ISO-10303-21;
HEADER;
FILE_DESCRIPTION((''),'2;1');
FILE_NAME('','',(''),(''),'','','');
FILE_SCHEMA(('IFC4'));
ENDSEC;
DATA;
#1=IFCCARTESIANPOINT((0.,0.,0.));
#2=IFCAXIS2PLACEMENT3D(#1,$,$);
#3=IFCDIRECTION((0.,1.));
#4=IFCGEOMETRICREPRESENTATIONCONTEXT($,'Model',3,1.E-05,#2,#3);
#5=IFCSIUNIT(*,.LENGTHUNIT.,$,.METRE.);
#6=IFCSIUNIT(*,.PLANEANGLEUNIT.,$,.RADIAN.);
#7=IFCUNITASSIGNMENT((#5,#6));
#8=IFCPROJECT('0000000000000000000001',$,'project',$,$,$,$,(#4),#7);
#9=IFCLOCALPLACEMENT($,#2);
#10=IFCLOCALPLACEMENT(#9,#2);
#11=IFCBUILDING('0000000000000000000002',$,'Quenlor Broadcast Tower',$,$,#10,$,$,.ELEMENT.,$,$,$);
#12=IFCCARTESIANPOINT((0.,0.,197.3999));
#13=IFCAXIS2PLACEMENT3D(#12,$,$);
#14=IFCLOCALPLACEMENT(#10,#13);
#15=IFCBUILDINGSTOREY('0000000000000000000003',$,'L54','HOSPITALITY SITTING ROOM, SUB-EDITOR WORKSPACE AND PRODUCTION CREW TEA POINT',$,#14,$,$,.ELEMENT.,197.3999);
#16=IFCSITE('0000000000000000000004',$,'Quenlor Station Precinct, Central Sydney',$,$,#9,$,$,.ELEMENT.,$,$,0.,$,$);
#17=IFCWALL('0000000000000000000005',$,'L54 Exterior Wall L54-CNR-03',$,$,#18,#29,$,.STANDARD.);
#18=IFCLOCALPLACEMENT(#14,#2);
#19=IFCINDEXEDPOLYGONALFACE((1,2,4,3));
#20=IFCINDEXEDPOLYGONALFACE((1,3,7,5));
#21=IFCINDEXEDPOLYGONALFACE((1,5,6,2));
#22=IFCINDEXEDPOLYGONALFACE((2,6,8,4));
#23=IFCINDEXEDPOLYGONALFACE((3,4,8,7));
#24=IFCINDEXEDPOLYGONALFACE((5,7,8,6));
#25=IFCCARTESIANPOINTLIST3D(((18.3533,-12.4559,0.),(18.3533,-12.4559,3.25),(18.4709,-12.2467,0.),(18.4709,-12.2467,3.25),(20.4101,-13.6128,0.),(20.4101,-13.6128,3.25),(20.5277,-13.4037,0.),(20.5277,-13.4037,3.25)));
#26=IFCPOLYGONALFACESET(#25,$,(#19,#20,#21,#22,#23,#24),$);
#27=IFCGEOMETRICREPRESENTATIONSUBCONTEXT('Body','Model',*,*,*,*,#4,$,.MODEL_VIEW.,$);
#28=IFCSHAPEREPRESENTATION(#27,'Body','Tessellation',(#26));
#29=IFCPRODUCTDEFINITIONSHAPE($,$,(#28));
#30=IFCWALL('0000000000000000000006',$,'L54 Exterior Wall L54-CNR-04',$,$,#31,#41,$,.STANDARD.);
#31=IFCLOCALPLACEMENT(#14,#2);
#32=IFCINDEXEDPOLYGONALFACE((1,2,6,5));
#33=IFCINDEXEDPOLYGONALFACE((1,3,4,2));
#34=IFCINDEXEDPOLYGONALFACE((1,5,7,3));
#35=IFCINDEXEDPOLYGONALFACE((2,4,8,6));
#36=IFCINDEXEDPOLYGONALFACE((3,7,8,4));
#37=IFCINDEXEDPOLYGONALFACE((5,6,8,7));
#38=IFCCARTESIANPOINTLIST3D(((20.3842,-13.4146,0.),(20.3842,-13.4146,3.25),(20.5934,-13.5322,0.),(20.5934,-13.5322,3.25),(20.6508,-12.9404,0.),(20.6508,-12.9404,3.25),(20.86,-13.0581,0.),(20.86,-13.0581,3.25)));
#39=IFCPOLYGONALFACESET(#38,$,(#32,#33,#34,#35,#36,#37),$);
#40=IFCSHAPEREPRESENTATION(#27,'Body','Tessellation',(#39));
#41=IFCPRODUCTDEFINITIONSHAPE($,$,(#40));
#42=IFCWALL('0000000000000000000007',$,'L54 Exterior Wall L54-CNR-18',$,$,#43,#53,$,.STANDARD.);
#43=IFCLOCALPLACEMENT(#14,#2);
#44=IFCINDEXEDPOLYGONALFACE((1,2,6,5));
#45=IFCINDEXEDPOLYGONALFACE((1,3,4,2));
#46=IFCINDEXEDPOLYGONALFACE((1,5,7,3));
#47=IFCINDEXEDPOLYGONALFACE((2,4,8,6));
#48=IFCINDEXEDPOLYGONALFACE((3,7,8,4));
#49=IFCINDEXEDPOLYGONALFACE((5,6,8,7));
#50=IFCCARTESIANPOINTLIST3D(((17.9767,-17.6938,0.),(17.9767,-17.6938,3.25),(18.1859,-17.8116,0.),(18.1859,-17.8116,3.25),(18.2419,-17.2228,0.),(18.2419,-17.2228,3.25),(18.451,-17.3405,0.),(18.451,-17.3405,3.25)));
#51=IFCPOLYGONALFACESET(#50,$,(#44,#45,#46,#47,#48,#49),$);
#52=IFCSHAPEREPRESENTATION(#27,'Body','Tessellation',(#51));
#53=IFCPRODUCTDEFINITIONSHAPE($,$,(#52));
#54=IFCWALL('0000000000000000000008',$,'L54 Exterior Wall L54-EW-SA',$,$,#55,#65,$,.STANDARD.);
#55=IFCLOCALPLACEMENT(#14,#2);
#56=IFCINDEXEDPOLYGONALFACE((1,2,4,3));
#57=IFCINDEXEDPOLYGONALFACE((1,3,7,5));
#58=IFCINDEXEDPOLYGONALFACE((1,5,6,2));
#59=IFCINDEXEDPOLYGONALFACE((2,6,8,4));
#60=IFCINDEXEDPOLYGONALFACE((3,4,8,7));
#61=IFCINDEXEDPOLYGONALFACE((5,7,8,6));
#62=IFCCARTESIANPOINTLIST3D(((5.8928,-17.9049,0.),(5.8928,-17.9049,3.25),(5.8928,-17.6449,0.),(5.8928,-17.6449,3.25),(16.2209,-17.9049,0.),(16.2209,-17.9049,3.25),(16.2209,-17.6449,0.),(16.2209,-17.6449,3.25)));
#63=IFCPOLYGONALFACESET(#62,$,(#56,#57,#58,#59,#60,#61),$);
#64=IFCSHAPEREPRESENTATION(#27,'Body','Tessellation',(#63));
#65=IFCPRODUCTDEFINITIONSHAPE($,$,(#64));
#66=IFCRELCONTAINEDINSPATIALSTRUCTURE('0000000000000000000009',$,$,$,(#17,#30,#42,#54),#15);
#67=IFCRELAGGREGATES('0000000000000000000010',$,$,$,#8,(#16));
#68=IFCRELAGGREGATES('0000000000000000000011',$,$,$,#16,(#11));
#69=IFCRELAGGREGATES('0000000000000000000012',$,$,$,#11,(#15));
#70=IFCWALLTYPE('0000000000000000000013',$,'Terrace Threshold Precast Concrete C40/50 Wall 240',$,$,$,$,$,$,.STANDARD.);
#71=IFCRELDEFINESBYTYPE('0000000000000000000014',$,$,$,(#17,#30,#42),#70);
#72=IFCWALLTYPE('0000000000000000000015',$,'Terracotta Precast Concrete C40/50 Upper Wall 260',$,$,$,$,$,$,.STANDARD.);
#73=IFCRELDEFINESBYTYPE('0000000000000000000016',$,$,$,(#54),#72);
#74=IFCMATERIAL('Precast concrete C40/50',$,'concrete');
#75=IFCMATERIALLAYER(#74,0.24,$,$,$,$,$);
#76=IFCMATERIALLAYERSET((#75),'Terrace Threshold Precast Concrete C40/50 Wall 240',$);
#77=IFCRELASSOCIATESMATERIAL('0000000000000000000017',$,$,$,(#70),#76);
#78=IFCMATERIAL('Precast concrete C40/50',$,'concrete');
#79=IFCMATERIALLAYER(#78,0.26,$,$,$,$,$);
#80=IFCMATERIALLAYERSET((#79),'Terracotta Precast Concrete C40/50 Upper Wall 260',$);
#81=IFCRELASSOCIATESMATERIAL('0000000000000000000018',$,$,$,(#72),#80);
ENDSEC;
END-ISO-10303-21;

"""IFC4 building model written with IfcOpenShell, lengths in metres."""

from ifc_helpers import new_model, si_unit, direction, frame, frame_2d, origin, place, context, subcontext, project, spatial, rectangle, extrude, material, layer, layer_set, type_object, element, save


model = new_model("IFC4")

# Units and contexts
model_context = context("Model", 3, precision=1e-05, world=origin(), true_north=direction((0.0, 1.0)))
body_context = subcontext(model_context, "Body", "Model", "MODEL_VIEW")
ifc_project = project(units=[si_unit("LENGTHUNIT", "METRE"), si_unit("PLANEANGLEUNIT", "RADIAN")], contexts=[model_context])

# Site, building, storey
site_placement = place(None, origin())
site = spatial("IfcSite", under=ifc_project, at=site_placement, Name="Quenlor Station Precinct, Central Sydney", CompositionType="ELEMENT", RefElevation=0.0)
building_placement = place(site_placement, origin())
building = spatial("IfcBuilding", under=site, at=building_placement, Name="Quenlor Broadcast Tower", CompositionType="ELEMENT")
storey_placement = place(building_placement, frame((0.0, 0.0, 197.3999)))
storey = spatial("IfcBuildingStorey", under=building, at=storey_placement, Name="L54", Description="HOSPITALITY SITTING ROOM, SUB-EDITOR WORKSPACE AND PRODUCTION CREW TEA POINT", CompositionType="ELEMENT", Elevation=197.3999)

# Walls
ifc_material_1 = material(Name="Precast concrete C40/50", Category="concrete")
ifc_layer_1 = layer(ifc_material_1, 0.24)
ifc_layer_set_1 = layer_set([ifc_layer_1], Name="Terrace Threshold Precast Concrete C40/50 Wall 240")
wall_type_1 = type_object("IfcWallType", Name="Terrace Threshold Precast Concrete C40/50 Wall 240", PredefinedType="STANDARD", material=ifc_layer_set_1)
wall_1_placement = place(storey_placement, frame((18.4121, -12.3513, 0.0), z_axis=(0.0, 0.0, 1.0), x_axis=(0.871578, -0.490256, 0.0)))
element("IfcWall", 1, at=wall_1_placement, inside=storey, type_object=wall_type_1, Name="L54 Exterior Wall L54-CNR-03", PredefinedType="STANDARD", context=body_context, shape_type="SweptSolid", body=[
    extrude(rectangle(XDim=2.3599, YDim=0.24, at=frame_2d((1.1799, 0.0))), origin(), (0.0, 0.0, 1.0), 3.25),
])
wall_2_placement = place(storey_placement, frame((20.4888, -13.4734, 0.0), z_axis=(0.0, 0.0, 1.0), x_axis=(0.490133, 0.871647, 0.0)))
element("IfcWall", 2, at=wall_2_placement, inside=storey, type_object=wall_type_1, Name="L54 Exterior Wall L54-CNR-04", PredefinedType="STANDARD", context=body_context, shape_type="SweptSolid", body=[
    extrude(rectangle(XDim=0.5439, YDim=0.24, at=frame_2d((0.272, 0.0))), origin(), (0.0, 0.0, 1.0), 3.25),
])
wall_3_placement = place(storey_placement, frame((18.0813, -17.7527, 0.0), z_axis=(0.0, 0.0, 1.0), x_axis=(0.490583, 0.871395, 0.0)))
element("IfcWall", 3, at=wall_3_placement, inside=storey, type_object=wall_type_1, Name="L54 Exterior Wall L54-CNR-18", PredefinedType="STANDARD", context=body_context, shape_type="SweptSolid", body=[
    extrude(rectangle(XDim=0.5405, YDim=0.24, at=frame_2d((0.2703, 0.0))), origin(), (0.0, 0.0, 1.0), 3.25),
])
ifc_material_2 = material(Name="Precast concrete C40/50", Category="concrete")
ifc_layer_2 = layer(ifc_material_2, 0.26)
ifc_layer_set_2 = layer_set([ifc_layer_2], Name="Terracotta Precast Concrete C40/50 Upper Wall 260")
wall_type_2 = type_object("IfcWallType", Name="Terracotta Precast Concrete C40/50 Upper Wall 260", PredefinedType="STANDARD", material=ifc_layer_set_2)
wall_4_placement = place(storey_placement, frame((16.2209, -17.7749, 0.0), z_axis=(0.0, 0.0, 1.0), x_axis=(-1.0, 0.0, 0.0)))
element("IfcWall", 4, at=wall_4_placement, inside=storey, type_object=wall_type_2, Name="L54 Exterior Wall L54-EW-SA", PredefinedType="STANDARD", context=body_context, shape_type="SweptSolid", body=[
    extrude(rectangle(XDim=10.3281, YDim=0.26, at=frame_2d((5.1641, 0.0))), origin(), (0.0, 0.0, 1.0), 3.25),
])

save(model, "model.ifc")
